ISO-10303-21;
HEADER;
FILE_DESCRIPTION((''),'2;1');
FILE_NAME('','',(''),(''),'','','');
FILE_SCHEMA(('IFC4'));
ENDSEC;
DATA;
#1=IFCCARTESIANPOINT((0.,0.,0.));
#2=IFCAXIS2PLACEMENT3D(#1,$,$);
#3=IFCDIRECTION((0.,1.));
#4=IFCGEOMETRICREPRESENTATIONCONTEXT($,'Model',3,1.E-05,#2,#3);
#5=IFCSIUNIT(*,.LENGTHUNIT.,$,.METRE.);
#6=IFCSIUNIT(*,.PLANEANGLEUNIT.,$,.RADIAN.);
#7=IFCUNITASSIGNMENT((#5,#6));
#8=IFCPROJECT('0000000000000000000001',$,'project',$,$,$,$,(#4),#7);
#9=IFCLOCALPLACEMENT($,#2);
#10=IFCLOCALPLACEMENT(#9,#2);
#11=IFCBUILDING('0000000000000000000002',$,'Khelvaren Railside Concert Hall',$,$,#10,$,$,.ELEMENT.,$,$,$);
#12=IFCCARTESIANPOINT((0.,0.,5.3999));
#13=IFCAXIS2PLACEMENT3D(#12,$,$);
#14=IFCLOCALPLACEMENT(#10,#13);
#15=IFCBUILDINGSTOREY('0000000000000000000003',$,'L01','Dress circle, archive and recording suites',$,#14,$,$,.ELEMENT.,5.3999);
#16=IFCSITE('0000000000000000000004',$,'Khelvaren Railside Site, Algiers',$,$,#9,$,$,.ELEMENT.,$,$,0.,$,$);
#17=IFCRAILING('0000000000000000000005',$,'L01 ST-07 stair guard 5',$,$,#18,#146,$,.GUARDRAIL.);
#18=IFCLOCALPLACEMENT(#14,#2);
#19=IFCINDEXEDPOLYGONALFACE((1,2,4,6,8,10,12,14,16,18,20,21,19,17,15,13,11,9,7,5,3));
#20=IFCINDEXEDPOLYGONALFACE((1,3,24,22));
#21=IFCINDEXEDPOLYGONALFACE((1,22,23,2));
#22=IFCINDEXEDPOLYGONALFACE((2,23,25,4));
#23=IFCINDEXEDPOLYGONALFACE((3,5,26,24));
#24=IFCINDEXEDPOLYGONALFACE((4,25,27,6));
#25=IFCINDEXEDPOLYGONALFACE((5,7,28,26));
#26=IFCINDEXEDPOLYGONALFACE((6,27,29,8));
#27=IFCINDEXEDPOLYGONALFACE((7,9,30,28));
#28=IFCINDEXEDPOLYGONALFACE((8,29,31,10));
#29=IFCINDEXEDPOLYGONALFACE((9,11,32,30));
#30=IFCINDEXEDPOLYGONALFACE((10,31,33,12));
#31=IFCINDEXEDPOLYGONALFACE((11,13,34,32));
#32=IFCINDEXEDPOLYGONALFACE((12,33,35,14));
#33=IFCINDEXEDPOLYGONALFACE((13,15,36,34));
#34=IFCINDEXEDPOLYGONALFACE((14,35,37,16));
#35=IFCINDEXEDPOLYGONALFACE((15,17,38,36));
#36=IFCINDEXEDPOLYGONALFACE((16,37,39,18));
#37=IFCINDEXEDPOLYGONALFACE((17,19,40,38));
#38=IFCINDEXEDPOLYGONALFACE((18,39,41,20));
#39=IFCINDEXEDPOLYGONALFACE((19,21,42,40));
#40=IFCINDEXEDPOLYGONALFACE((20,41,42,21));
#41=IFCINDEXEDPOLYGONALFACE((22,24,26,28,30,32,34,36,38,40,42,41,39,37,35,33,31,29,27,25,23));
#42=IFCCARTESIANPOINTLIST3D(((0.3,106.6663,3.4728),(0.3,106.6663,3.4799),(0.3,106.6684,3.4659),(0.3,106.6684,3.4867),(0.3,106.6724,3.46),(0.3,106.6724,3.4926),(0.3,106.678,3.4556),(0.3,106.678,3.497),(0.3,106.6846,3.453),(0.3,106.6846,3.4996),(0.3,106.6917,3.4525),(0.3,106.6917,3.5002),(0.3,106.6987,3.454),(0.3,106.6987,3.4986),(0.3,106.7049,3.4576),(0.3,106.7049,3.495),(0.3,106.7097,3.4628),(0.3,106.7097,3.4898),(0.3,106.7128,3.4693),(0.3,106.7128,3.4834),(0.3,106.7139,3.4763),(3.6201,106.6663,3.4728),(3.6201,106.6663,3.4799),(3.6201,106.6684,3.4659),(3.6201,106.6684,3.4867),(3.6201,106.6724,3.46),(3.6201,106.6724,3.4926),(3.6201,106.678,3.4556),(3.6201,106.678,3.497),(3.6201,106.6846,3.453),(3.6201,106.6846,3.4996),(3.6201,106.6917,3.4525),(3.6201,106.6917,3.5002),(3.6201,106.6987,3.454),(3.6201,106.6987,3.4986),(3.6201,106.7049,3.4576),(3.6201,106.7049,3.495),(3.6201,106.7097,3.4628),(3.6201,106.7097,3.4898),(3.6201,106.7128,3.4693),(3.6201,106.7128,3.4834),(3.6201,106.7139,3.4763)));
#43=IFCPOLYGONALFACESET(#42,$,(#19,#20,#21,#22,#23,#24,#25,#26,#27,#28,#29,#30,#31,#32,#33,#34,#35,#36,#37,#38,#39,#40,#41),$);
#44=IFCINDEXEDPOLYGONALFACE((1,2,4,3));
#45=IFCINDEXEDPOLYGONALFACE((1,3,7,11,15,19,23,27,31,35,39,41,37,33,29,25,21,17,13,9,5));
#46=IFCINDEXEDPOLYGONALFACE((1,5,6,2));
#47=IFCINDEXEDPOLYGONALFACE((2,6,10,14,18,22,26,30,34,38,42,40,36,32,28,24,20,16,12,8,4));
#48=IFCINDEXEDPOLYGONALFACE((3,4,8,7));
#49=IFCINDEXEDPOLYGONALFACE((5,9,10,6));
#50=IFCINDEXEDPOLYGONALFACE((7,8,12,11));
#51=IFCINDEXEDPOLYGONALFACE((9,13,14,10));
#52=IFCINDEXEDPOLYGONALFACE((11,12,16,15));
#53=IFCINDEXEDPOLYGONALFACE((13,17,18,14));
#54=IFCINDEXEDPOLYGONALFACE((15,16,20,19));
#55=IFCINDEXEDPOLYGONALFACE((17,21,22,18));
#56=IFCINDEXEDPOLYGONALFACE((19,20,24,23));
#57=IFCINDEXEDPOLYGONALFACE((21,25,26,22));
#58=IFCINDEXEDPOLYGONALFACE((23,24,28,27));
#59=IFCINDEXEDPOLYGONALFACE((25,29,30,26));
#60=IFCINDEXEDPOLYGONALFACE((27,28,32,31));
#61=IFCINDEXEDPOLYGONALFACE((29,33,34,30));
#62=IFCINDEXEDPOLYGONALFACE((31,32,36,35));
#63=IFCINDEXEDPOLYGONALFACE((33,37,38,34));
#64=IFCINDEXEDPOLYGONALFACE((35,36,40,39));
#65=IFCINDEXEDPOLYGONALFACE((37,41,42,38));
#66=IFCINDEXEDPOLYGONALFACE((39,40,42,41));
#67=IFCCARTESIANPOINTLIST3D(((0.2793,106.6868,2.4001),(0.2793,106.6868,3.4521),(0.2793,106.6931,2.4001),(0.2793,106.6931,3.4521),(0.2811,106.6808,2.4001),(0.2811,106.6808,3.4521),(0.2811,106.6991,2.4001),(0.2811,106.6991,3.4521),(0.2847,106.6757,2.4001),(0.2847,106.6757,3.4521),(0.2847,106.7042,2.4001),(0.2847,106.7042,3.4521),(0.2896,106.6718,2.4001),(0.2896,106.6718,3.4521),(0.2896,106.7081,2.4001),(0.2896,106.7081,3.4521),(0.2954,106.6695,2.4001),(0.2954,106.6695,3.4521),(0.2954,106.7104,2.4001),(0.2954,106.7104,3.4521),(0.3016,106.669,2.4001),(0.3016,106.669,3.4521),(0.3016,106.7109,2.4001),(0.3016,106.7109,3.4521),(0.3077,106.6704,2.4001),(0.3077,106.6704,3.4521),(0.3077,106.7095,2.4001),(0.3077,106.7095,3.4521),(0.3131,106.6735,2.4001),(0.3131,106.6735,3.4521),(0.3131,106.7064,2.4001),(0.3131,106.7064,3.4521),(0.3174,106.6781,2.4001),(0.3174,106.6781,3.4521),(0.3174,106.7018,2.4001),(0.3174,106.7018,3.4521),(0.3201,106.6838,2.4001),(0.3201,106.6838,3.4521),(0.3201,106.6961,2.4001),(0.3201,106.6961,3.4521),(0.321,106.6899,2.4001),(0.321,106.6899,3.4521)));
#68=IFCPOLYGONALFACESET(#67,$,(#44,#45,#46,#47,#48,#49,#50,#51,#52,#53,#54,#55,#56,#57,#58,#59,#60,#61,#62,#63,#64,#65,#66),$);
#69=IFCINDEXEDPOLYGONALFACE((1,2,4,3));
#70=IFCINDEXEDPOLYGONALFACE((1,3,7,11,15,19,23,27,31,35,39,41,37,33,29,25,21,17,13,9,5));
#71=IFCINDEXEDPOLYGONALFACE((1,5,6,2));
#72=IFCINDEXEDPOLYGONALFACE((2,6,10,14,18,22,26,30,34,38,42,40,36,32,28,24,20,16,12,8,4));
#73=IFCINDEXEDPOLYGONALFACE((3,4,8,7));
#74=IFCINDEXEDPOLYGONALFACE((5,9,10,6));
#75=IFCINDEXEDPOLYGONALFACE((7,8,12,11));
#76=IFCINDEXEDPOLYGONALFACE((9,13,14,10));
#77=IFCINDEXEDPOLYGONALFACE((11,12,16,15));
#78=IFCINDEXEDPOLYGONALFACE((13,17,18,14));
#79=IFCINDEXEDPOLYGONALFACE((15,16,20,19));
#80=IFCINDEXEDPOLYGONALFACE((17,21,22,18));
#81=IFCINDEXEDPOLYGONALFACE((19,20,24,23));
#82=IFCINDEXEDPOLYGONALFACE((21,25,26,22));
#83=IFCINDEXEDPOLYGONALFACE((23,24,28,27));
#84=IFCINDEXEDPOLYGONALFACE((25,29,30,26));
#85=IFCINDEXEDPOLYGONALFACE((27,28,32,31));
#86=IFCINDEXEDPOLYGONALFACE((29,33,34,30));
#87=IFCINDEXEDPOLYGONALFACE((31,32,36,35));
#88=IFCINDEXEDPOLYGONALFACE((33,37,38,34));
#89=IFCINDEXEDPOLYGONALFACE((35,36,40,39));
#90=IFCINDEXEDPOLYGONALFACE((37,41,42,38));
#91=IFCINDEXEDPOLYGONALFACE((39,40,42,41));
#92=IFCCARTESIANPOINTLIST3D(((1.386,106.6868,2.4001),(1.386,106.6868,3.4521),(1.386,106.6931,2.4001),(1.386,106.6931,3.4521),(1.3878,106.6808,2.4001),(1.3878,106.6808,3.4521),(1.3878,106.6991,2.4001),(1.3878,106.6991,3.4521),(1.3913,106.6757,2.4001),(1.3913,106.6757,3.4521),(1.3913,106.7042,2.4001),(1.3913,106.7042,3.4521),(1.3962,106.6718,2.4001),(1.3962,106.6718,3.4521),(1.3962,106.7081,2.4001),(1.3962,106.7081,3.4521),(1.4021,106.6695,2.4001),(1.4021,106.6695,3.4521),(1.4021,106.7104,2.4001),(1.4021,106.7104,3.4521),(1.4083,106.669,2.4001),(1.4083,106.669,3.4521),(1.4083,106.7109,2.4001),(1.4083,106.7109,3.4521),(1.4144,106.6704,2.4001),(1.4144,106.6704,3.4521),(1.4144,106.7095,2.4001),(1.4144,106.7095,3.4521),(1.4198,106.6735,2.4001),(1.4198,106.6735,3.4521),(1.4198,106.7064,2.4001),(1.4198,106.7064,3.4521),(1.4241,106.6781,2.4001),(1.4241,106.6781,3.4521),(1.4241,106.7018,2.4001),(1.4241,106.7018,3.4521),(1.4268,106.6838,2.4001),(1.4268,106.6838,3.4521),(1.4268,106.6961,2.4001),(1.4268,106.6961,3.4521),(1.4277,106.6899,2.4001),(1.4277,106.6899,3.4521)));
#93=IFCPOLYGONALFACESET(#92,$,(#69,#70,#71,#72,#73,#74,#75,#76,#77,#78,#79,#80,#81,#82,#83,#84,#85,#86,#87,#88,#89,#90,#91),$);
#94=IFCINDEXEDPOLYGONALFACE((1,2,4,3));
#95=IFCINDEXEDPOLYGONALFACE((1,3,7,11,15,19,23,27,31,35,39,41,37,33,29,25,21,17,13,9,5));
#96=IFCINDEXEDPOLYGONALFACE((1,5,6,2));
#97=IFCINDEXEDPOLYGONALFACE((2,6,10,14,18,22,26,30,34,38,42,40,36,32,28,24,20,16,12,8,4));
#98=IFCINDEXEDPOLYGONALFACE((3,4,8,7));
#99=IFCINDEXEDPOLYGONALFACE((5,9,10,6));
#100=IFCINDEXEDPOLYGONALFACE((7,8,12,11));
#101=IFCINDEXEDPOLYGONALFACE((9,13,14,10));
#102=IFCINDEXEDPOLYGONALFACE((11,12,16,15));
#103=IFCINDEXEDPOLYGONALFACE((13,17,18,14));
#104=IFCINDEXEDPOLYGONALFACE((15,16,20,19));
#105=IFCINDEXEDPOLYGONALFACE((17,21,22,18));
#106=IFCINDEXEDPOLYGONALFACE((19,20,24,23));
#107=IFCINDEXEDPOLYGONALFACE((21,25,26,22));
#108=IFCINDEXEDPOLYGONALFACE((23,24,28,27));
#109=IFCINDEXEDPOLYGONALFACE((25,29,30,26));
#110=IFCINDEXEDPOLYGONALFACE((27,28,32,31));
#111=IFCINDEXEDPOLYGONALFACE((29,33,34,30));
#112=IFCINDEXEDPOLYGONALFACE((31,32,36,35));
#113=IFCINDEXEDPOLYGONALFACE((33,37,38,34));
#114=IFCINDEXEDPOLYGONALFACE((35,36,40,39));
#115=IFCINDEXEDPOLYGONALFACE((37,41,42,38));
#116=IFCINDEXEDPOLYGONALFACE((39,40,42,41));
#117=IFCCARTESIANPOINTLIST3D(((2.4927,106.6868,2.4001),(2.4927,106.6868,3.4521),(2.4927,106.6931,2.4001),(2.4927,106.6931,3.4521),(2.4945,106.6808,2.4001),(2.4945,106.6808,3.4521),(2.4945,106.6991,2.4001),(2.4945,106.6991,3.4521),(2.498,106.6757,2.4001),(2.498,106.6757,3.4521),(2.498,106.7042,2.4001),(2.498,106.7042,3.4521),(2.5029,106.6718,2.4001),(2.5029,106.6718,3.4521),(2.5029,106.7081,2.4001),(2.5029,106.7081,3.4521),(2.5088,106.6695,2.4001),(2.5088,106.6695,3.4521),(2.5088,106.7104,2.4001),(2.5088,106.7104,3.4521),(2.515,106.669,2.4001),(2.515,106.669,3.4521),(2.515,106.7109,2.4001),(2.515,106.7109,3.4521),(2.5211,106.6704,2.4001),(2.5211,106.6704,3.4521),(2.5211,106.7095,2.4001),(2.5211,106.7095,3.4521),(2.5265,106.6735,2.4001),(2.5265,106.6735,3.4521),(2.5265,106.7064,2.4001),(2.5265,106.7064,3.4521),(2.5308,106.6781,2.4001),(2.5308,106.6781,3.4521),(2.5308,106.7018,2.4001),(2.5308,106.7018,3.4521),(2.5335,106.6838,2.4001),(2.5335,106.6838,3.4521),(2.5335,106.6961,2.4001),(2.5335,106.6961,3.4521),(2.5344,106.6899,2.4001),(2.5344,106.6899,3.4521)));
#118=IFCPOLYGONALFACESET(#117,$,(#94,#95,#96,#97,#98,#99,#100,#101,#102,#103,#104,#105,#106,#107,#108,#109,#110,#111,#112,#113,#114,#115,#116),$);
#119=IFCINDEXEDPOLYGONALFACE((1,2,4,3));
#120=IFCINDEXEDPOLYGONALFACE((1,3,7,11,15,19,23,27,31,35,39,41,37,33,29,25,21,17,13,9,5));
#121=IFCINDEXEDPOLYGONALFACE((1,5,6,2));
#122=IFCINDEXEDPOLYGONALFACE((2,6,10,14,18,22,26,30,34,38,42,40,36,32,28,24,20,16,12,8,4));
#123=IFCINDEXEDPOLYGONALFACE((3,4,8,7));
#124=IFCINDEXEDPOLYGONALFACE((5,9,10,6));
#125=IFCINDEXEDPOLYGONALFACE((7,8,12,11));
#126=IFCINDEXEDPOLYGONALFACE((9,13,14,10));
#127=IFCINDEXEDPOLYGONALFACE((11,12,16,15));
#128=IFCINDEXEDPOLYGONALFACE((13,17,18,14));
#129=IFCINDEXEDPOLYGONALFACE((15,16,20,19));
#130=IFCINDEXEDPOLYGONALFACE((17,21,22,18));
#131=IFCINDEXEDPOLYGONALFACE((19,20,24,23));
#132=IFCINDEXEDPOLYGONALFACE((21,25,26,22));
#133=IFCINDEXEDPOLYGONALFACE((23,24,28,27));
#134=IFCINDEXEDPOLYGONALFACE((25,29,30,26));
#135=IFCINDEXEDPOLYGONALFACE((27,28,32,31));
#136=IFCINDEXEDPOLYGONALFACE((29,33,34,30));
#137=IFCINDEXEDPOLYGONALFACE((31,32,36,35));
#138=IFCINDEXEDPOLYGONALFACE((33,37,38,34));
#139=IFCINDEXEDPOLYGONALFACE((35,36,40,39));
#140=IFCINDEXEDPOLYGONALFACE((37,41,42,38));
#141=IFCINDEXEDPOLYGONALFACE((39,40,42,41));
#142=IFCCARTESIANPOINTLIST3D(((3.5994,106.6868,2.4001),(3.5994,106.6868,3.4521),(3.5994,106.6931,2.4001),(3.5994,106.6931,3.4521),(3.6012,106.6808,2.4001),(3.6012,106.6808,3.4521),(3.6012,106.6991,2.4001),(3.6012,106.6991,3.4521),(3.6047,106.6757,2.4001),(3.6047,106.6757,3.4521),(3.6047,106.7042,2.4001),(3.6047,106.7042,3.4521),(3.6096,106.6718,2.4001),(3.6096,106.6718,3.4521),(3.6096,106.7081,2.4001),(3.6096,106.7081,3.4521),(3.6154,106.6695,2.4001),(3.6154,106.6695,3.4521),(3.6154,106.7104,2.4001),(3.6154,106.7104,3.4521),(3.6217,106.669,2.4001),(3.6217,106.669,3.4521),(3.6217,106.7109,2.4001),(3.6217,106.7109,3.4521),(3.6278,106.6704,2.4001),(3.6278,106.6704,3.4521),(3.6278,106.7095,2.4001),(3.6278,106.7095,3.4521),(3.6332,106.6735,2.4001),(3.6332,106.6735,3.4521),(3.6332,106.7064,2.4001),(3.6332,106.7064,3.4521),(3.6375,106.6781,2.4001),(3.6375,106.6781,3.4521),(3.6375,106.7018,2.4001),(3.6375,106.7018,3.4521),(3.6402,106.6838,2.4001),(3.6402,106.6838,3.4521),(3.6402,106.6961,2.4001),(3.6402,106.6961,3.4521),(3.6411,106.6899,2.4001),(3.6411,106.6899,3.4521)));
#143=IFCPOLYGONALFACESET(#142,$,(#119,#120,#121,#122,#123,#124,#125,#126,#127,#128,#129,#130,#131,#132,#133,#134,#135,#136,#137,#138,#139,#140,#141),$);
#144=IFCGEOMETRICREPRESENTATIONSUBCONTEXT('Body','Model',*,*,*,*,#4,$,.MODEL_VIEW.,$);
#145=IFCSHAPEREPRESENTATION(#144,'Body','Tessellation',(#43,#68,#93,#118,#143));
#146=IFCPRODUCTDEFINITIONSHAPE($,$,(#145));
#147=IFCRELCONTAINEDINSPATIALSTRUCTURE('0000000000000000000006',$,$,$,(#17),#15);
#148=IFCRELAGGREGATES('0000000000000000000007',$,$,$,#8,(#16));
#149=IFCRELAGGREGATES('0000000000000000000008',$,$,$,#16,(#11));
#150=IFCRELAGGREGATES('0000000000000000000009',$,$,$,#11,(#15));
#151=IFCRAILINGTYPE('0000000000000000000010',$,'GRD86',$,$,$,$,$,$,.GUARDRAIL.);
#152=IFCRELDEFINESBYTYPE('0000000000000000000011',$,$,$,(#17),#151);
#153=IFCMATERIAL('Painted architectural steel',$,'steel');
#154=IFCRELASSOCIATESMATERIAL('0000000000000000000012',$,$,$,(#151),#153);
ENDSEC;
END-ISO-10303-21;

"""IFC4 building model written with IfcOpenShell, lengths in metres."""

from ifc_helpers import new_model, si_unit, direction, frame, origin, origin_2d, place, context, subcontext, project, spatial, circle, extrude, material, type_object, element, save


model = new_model("IFC4")

# Units and contexts
model_context = context("Model", 3, precision=1e-05, world=origin(), true_north=direction((0.0, 1.0)))
body_context = subcontext(model_context, "Body", "Model", "MODEL_VIEW")
ifc_project = project(units=[si_unit("LENGTHUNIT", "METRE"), si_unit("PLANEANGLEUNIT", "RADIAN")], contexts=[model_context])

# Site, building, storey
site_placement = place(None, origin())
site = spatial("IfcSite", under=ifc_project, at=site_placement, Name="Khelvaren Railside Site, Algiers", CompositionType="ELEMENT", RefElevation=0.0)
building_placement = place(site_placement, origin())
building = spatial("IfcBuilding", under=site, at=building_placement, Name="Khelvaren Railside Concert Hall", CompositionType="ELEMENT")
storey_placement = place(building_placement, frame((0.0, 0.0, 5.3999)))
storey = spatial("IfcBuildingStorey", under=building, at=storey_placement, Name="L01", Description="Dress circle, archive and recording suites", CompositionType="ELEMENT", Elevation=5.3999)

# Railing
ifc_material_1 = material(Name="Painted architectural steel", Category="steel")
railing_type_1 = type_object("IfcRailingType", Name="GRD86", PredefinedType="GUARDRAIL", material=ifc_material_1)
railing_1_placement = place(storey_placement, frame((0.3, 106.6899, 2.4001)))
element("IfcRailing", 1, at=railing_1_placement, inside=storey, type_object=railing_type_1, Name="L01 ST-07 stair guard 5", PredefinedType="GUARDRAIL", context=body_context, shape_type="SweptSolid", body=[
    extrude(circle(Radius=0.0239, at=origin_2d()), frame((0.0, 0.0, 1.0762), z_axis=(1.0, 0.0, 0.0), x_axis=(0.0, 1.0, 0.0)), (0.0, 0.0, 1.0), 3.3201),
    extrude(circle(Radius=0.021, at=origin_2d()), origin(), (0.0, 0.0, 1.0), 1.052),
    extrude(circle(Radius=0.021, at=origin_2d()), frame((1.1067, 0.0, 0.0)), (0.0, 0.0, 1.0), 1.052),
    extrude(circle(Radius=0.021, at=origin_2d()), frame((2.2134, 0.0, 0.0)), (0.0, 0.0, 1.0), 1.052),
    extrude(circle(Radius=0.021, at=origin_2d()), frame((3.3201, 0.0, 0.0)), (0.0, 0.0, 1.0), 1.052),
])

save(model, "model.ifc")
